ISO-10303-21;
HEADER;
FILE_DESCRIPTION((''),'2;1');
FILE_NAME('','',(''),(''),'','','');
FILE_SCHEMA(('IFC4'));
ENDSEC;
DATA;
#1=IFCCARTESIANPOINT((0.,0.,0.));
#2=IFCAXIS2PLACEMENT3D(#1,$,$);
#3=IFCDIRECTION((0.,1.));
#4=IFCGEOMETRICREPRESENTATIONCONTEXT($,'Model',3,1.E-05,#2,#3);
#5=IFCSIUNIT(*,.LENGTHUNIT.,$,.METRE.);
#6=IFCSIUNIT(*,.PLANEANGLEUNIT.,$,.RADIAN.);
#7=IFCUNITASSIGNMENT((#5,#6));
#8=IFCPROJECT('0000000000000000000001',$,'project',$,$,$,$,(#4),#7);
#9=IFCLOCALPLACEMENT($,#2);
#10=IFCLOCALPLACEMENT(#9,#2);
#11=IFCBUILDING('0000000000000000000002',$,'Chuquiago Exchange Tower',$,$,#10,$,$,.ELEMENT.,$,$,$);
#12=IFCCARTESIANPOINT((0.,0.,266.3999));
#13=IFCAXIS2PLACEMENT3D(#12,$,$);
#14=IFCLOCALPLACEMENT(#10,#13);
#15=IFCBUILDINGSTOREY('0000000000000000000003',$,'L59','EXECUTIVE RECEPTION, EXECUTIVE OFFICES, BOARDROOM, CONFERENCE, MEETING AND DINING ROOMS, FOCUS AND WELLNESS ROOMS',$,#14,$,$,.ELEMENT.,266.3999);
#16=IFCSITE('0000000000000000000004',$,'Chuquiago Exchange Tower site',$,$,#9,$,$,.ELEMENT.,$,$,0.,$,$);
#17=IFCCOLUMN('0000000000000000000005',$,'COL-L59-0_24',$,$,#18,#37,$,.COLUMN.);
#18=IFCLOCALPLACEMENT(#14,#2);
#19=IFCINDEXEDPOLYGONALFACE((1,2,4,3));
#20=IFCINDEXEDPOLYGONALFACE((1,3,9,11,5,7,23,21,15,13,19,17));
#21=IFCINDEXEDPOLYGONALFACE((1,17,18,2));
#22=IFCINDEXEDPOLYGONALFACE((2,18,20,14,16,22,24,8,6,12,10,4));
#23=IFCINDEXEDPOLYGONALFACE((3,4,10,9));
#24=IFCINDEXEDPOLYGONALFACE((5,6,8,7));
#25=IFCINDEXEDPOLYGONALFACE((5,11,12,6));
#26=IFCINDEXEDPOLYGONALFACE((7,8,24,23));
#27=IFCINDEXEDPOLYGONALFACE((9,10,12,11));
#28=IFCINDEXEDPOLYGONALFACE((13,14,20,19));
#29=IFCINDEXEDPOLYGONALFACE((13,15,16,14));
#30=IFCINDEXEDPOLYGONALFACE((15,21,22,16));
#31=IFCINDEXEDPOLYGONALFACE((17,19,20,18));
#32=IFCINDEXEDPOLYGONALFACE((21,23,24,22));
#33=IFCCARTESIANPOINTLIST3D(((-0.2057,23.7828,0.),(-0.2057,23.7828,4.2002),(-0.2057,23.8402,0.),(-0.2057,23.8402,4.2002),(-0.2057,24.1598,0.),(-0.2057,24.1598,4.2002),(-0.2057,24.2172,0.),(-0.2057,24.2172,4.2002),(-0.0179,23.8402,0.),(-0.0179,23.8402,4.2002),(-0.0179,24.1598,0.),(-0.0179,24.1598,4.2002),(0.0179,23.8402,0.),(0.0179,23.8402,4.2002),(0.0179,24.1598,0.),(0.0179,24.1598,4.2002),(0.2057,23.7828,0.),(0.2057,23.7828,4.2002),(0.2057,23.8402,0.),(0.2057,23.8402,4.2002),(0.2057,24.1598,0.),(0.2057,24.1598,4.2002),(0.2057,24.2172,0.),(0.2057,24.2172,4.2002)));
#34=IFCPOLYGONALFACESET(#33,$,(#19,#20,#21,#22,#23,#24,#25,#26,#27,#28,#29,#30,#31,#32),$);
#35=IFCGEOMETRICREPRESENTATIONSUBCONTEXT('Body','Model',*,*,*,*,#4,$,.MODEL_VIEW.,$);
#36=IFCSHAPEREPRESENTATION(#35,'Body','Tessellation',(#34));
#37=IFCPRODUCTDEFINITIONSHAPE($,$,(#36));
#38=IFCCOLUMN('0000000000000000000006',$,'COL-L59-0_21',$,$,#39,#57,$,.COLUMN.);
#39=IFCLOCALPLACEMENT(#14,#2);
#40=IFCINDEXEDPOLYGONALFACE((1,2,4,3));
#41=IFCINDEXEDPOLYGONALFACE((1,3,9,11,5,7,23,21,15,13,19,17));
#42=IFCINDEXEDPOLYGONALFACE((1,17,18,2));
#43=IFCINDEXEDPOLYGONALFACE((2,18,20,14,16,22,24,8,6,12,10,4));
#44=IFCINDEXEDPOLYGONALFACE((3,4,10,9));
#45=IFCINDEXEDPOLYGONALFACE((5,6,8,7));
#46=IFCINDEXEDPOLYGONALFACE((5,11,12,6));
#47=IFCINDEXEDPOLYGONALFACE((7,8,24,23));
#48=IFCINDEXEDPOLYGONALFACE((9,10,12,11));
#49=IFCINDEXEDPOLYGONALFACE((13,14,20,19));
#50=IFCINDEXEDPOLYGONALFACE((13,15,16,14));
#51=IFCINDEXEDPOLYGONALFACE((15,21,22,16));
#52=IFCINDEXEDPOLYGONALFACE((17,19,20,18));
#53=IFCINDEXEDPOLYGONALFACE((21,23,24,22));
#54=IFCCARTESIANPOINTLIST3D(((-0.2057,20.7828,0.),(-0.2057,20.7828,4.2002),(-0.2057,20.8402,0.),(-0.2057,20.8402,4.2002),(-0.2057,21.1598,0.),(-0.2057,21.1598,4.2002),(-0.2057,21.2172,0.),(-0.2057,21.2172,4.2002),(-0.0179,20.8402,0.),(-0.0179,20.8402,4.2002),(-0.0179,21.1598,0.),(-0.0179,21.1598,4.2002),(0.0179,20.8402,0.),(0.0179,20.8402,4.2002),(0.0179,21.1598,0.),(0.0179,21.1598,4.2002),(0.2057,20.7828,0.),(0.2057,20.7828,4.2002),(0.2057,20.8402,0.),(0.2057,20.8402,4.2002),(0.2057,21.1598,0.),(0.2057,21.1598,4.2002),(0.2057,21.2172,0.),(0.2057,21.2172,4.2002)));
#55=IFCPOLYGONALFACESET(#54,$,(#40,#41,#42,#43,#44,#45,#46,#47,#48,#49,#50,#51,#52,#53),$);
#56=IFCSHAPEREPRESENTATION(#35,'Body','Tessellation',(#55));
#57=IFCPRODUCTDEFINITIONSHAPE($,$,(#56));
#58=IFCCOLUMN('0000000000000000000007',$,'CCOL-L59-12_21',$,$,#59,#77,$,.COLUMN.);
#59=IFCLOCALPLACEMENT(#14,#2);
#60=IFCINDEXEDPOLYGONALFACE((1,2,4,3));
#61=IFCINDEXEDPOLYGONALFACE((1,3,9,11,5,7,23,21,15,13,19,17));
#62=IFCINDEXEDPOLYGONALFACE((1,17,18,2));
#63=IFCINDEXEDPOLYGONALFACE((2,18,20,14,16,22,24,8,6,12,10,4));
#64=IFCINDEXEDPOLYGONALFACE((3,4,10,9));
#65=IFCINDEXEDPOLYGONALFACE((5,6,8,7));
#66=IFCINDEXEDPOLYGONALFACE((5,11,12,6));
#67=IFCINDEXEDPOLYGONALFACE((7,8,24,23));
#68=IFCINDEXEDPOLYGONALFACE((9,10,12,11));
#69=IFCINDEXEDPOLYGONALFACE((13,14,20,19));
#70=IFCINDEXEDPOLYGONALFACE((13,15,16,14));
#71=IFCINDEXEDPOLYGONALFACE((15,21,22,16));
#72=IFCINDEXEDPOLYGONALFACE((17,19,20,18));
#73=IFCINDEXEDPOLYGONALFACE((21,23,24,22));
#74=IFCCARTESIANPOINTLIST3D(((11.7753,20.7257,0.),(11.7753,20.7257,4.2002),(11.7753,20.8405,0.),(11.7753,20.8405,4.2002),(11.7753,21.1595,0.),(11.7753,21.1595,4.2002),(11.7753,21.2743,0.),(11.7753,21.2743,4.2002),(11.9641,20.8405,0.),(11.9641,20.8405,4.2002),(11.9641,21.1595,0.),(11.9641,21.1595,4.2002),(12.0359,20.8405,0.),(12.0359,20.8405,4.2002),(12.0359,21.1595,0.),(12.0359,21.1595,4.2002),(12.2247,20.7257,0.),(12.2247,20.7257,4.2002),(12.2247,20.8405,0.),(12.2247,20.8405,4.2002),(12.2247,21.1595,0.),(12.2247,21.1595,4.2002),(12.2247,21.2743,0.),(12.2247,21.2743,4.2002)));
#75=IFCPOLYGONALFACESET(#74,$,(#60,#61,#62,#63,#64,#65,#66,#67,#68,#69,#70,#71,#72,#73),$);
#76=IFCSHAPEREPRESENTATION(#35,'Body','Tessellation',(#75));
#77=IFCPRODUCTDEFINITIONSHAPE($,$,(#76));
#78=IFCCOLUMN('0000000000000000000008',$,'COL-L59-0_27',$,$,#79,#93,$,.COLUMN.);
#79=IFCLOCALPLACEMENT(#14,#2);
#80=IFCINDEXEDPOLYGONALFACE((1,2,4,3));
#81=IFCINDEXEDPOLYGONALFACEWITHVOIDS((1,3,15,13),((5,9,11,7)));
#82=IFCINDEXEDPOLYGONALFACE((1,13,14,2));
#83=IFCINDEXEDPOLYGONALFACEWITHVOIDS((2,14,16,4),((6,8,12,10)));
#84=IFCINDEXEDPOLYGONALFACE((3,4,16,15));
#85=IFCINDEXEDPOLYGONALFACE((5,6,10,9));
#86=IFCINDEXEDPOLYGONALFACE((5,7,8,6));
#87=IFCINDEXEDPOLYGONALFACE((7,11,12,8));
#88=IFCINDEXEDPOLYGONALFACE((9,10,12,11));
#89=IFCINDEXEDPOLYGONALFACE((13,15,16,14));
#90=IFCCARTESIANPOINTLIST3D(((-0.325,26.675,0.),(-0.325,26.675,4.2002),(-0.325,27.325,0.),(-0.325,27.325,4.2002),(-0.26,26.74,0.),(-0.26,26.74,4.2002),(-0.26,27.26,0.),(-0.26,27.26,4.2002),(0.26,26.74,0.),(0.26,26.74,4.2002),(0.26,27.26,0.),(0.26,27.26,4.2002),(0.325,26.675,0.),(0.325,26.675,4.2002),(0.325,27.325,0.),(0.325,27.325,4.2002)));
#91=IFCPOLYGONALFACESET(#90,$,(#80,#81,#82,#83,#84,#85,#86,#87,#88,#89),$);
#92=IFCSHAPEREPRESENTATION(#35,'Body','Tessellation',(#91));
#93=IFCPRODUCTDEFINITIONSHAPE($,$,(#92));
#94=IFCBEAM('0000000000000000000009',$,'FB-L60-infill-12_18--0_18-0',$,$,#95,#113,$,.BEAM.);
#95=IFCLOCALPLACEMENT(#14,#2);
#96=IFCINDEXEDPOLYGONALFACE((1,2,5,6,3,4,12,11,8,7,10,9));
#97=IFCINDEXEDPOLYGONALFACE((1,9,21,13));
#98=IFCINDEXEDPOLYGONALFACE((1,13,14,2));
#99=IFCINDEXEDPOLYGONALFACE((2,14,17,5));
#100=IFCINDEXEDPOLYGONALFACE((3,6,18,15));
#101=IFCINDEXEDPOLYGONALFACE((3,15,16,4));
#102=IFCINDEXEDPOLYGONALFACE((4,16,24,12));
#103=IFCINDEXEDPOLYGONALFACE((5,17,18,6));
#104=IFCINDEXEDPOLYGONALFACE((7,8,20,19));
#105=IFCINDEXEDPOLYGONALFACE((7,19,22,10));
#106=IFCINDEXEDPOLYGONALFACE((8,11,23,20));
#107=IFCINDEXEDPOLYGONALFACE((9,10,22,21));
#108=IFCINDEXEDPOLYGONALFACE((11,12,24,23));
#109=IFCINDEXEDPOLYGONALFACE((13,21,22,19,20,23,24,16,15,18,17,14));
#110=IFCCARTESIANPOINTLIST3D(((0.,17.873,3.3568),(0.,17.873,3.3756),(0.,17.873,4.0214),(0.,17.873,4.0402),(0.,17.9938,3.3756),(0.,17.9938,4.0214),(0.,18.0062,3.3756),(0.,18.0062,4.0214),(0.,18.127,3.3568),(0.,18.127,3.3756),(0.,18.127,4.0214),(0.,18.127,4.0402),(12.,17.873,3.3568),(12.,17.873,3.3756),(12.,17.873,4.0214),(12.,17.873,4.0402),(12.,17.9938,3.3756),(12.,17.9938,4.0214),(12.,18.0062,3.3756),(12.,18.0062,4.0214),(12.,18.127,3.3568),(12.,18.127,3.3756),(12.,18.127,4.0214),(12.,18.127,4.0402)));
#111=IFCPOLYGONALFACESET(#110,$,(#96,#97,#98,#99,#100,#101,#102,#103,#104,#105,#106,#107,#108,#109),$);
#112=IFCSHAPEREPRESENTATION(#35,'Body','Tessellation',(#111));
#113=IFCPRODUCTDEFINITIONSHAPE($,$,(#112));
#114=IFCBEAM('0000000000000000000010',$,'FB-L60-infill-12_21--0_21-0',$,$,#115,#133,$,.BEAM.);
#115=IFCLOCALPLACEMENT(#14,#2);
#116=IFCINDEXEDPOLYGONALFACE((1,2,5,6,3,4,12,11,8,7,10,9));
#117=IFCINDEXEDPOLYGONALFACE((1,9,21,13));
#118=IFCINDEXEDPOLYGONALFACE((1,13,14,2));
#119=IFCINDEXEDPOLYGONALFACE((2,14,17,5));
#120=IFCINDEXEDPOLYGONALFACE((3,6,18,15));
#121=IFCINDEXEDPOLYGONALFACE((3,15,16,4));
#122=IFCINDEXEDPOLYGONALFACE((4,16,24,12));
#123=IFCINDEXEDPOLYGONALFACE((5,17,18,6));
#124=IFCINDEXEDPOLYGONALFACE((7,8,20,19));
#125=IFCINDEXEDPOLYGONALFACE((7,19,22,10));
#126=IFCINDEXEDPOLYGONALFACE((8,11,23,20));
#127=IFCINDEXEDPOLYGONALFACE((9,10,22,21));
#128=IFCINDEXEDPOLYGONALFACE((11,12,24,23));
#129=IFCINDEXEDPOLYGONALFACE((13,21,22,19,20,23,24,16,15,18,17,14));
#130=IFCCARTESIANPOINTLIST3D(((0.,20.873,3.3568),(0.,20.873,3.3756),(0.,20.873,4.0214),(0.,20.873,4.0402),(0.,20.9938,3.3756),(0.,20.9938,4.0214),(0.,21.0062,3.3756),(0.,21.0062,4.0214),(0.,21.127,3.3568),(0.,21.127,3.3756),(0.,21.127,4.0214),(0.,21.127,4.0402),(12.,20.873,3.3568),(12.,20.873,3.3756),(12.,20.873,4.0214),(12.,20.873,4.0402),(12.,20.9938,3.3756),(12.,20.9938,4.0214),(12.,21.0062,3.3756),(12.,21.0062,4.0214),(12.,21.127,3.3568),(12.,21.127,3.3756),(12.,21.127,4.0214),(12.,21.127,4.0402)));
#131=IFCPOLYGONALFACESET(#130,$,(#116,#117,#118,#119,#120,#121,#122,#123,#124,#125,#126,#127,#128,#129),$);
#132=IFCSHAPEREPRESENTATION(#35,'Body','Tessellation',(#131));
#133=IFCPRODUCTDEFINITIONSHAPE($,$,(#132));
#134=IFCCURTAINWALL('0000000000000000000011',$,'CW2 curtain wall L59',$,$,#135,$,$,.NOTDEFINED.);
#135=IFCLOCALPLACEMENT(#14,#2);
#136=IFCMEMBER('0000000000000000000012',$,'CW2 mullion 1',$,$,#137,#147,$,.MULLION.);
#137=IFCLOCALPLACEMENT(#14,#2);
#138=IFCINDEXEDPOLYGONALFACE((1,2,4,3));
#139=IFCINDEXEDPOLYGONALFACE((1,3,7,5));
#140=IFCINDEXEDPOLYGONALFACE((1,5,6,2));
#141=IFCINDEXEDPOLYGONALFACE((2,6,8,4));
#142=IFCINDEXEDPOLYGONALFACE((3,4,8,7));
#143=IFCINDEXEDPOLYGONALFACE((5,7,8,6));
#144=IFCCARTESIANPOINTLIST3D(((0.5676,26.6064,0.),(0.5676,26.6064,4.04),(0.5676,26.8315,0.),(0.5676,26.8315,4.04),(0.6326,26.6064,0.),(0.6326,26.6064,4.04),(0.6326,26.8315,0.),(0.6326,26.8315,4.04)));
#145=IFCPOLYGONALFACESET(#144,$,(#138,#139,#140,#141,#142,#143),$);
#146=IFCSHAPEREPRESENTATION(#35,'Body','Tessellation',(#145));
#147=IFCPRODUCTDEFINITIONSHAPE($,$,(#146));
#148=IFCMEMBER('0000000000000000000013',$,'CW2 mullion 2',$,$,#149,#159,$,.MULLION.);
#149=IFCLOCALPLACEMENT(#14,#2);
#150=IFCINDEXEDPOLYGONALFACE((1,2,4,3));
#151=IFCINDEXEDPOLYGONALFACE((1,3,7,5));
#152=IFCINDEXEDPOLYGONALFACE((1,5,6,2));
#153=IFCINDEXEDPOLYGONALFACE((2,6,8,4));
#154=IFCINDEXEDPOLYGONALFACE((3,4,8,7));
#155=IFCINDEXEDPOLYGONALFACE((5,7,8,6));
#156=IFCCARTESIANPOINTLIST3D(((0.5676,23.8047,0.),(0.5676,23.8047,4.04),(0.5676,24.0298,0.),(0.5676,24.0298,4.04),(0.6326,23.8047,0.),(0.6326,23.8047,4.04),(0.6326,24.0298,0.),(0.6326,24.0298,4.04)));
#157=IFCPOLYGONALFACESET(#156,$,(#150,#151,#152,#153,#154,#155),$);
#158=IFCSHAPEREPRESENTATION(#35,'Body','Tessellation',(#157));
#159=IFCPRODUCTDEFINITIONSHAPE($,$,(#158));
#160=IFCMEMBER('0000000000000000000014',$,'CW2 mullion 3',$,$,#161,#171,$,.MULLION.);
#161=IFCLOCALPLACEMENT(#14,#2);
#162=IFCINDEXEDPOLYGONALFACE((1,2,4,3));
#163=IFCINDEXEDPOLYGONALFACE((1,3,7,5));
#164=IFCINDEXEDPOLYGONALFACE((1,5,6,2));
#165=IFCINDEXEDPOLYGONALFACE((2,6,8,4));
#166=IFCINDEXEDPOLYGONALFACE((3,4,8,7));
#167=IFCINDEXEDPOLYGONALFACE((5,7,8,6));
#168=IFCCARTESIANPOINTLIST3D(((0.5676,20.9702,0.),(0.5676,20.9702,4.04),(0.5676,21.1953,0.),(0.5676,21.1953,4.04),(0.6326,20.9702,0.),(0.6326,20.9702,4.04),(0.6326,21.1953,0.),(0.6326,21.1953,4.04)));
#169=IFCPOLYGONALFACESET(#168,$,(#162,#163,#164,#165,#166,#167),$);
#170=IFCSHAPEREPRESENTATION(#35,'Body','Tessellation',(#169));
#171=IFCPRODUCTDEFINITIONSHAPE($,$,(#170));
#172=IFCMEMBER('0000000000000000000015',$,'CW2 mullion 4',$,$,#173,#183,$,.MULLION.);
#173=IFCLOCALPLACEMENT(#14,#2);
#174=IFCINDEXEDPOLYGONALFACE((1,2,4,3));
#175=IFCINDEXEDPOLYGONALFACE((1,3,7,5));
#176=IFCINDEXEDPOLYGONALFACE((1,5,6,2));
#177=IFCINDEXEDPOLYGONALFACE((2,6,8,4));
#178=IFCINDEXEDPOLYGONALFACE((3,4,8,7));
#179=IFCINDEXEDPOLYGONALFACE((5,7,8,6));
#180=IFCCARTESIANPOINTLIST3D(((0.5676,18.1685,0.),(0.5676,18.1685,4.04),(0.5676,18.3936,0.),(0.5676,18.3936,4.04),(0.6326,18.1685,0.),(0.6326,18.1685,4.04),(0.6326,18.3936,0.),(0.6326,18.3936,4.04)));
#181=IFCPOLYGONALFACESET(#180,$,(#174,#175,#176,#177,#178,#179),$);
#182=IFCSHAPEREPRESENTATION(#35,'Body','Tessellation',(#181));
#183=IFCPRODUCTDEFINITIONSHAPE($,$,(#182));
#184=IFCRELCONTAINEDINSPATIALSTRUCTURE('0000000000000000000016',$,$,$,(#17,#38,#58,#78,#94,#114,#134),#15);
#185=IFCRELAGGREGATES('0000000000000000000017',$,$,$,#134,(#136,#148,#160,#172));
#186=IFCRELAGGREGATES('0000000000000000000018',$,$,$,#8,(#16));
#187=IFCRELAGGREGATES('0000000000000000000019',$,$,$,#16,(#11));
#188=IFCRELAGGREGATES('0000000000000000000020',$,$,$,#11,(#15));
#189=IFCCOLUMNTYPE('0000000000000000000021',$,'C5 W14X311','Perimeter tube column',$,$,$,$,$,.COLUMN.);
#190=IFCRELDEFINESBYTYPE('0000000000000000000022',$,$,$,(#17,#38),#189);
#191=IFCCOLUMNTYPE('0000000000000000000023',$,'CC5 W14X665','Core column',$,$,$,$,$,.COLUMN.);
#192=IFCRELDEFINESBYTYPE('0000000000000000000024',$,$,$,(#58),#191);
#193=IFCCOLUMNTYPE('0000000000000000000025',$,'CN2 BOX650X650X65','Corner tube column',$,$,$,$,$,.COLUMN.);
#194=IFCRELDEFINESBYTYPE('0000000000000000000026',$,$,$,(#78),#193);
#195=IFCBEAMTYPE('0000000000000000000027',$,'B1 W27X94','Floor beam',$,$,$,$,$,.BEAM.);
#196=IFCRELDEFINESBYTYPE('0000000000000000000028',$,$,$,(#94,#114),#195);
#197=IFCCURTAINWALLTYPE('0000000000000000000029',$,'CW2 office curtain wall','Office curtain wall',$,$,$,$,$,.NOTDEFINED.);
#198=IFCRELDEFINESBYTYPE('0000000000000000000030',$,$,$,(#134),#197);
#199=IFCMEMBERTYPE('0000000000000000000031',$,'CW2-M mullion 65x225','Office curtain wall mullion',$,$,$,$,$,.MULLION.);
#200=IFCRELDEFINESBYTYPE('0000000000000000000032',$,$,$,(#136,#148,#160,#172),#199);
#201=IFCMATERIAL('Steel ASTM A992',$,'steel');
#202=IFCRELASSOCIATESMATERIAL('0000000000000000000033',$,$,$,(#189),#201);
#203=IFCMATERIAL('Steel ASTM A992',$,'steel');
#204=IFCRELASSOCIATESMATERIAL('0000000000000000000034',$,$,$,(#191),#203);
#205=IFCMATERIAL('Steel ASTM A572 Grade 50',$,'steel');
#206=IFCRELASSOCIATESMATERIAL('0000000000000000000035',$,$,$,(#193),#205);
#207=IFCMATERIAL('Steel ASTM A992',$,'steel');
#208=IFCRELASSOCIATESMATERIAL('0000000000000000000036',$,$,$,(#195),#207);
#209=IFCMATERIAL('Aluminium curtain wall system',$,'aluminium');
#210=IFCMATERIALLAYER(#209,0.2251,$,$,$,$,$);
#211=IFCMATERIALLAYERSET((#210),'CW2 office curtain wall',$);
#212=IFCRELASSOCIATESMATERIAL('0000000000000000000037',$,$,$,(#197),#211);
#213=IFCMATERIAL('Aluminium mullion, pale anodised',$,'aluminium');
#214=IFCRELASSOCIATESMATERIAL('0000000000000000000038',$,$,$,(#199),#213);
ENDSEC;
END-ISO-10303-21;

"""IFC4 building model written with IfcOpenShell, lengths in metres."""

from ifc_helpers import new_model, si_unit, direction, frame, origin, origin_2d, place, context, subcontext, project, spatial, rectangle, hollow_rectangle, i_section, extrude, material, layer, layer_set, material_profile, profile_set, type_object, element, aggregate, save


model = new_model("IFC4")

# Units and contexts
model_context = context("Model", 3, precision=1e-05, world=origin(), true_north=direction((0.0, 1.0)))
body_context = subcontext(model_context, "Body", "Model", "MODEL_VIEW")
ifc_project = project(units=[si_unit("LENGTHUNIT", "METRE"), si_unit("PLANEANGLEUNIT", "RADIAN")], contexts=[model_context])

# Site, building, storey
site_placement = place(None, origin())
site = spatial("IfcSite", under=ifc_project, at=site_placement, Name="Chuquiago Exchange Tower site", CompositionType="ELEMENT", RefElevation=0.0)
building_placement = place(site_placement, origin())
building = spatial("IfcBuilding", under=site, at=building_placement, Name="Chuquiago Exchange Tower", CompositionType="ELEMENT")
storey_placement = place(building_placement, frame((0.0, 0.0, 266.3999)))
storey = spatial("IfcBuildingStorey", under=building, at=storey_placement, Name="L59", Description="EXECUTIVE RECEPTION, EXECUTIVE OFFICES, BOARDROOM, CONFERENCE, MEETING AND DINING ROOMS, FOCUS AND WELLNESS ROOMS", CompositionType="ELEMENT", Elevation=266.3999)

# Columns
ifc_material_1 = material(Name="Steel ASTM A992", Category="steel")
ifc_material_profile_1 = material_profile(ifc_material_1, i_section(OverallWidth=0.4114, OverallDepth=0.4343, WebThickness=0.0359, FlangeThickness=0.0574, at=origin_2d()), Name="W14X311")
ifc_profile_set_1 = profile_set([ifc_material_profile_1], Name="Steel ASTM A992")
column_type_1 = type_object("IfcColumnType", Name="C5 W14X311", Description="Perimeter tube column", PredefinedType="COLUMN", material=ifc_profile_set_1)
for number, where, z_axis, x_axis, name in (
    (1, (0.0, 24.0, 0.0), (0.0, 0.0, 1.0), (-1.0, 0.0, 0.0), "COL-L59-0_24"),
    (2, (0.0, 21.0, 0.0), (0.0, 0.0, 1.0), (-1.0, 0.0, 0.0), "COL-L59-0_21"),
):
    element("IfcColumn", number, at=place(storey_placement, frame(where, z_axis=z_axis, x_axis=x_axis)), inside=storey, type_object=column_type_1, Name=name, PredefinedType="COLUMN", context=body_context, shape_type="SweptSolid", body=[
        extrude(i_section(OverallWidth=0.4114, OverallDepth=0.4343, WebThickness=0.0359, FlangeThickness=0.0574, at=origin_2d()), origin(), (0.0, 0.0, 1.0), 4.2002),
    ])
ifc_material_2 = material(Name="Steel ASTM A992", Category="steel")
ifc_material_profile_2 = material_profile(ifc_material_2, i_section(OverallWidth=0.4495, OverallDepth=0.5486, WebThickness=0.0718, FlangeThickness=0.1147, at=origin_2d()), Name="W14X665")
ifc_profile_set_2 = profile_set([ifc_material_profile_2], Name="Steel ASTM A992")
column_type_2 = type_object("IfcColumnType", Name="CC5 W14X665", Description="Core column", PredefinedType="COLUMN", material=ifc_profile_set_2)
column_1_placement = place(storey_placement, frame((12.0, 21.0, 0.0), z_axis=(0.0, 0.0, 1.0), x_axis=(1.0, 0.0, 0.0)))
element("IfcColumn", 3, at=column_1_placement, inside=storey, type_object=column_type_2, Name="CCOL-L59-12_21", PredefinedType="COLUMN", context=body_context, shape_type="SweptSolid", body=[
    extrude(i_section(OverallWidth=0.4495, OverallDepth=0.5486, WebThickness=0.0718, FlangeThickness=0.1147, at=origin_2d()), origin(), (0.0, 0.0, 1.0), 4.2002),
])
ifc_material_3 = material(Name="Steel ASTM A572 Grade 50", Category="steel")
ifc_material_profile_3 = material_profile(ifc_material_3, hollow_rectangle(XDim=0.6499, YDim=0.6499, WallThickness=0.0649, at=origin_2d()), Name="BOX650X650X65")
ifc_profile_set_3 = profile_set([ifc_material_profile_3], Name="Steel ASTM A572 Grade 50")
column_type_3 = type_object("IfcColumnType", Name="CN2 BOX650X650X65", Description="Corner tube column", PredefinedType="COLUMN", material=ifc_profile_set_3)
column_2_placement = place(storey_placement, frame((0.0, 27.0, 0.0), z_axis=(0.0, 0.0, 1.0), x_axis=(-1.0, 0.0, 0.0)))
element("IfcColumn", 4, at=column_2_placement, inside=storey, type_object=column_type_3, Name="COL-L59-0_27", PredefinedType="COLUMN", context=body_context, shape_type="SweptSolid", body=[
    extrude(hollow_rectangle(XDim=0.6499, YDim=0.6499, WallThickness=0.0649, at=origin_2d()), origin(), (0.0, 0.0, 1.0), 4.2002),
])

# Beams
ifc_material_4 = material(Name="Steel ASTM A992", Category="steel")
ifc_material_profile_4 = material_profile(ifc_material_4, i_section(OverallWidth=0.2539, OverallDepth=0.6833, WebThickness=0.0125, FlangeThickness=0.0188, at=origin_2d()), Name="W27X94")
ifc_profile_set_4 = profile_set([ifc_material_profile_4], Name="Steel ASTM A992")
beam_type_1 = type_object("IfcBeamType", Name="B1 W27X94", Description="Floor beam", PredefinedType="BEAM", material=ifc_profile_set_4)
for number, where, z_axis, x_axis, name in (
    (5, (12.0, 18.0, 3.6985), (-1.0, 0.0, 0.0), (0.0, -1.0, 0.0), "FB-L60-infill-12_18--0_18-0"),
    (6, (12.0, 21.0, 3.6985), (-1.0, 0.0, 0.0), (0.0, -1.0, 0.0), "FB-L60-infill-12_21--0_21-0"),
):
    element("IfcBeam", number, at=place(storey_placement, frame(where, z_axis=z_axis, x_axis=x_axis)), inside=storey, type_object=beam_type_1, Name=name, PredefinedType="BEAM", context=body_context, shape_type="SweptSolid", body=[
        extrude(i_section(OverallWidth=0.2539, OverallDepth=0.6833, WebThickness=0.0125, FlangeThickness=0.0188, at=origin_2d()), origin(), (0.0, 0.0, 1.0), 12.0),
    ])

# Curtain wall, members
ifc_material_5 = material(Name="Aluminium curtain wall system", Category="aluminium")
ifc_layer_1 = layer(ifc_material_5, 0.2251)
ifc_layer_set_1 = layer_set([ifc_layer_1], Name="CW2 office curtain wall")
curtain_wall_type_1 = type_object("IfcCurtainWallType", Name="CW2 office curtain wall", Description="Office curtain wall", PredefinedType="NOTDEFINED", material=ifc_layer_set_1)
curtain_wall_1_placement = place(storey_placement, origin())
curtain_wall_1 = element("IfcCurtainWall", 7, at=curtain_wall_1_placement, inside=storey, type_object=curtain_wall_type_1, Name="CW2 curtain wall L59", PredefinedType="NOTDEFINED")
ifc_material_6 = material(Name="Aluminium mullion, pale anodised", Category="aluminium")
ifc_material_profile_5 = material_profile(ifc_material_6, rectangle(XDim=0.0649, YDim=0.2251, at=origin_2d()), Name="AL 65x225")
ifc_profile_set_5 = profile_set([ifc_material_profile_5], Name="Aluminium mullion, pale anodised")
member_type_1 = type_object("IfcMemberType", Name="CW2-M mullion 65x225", Description="Office curtain wall mullion", PredefinedType="MULLION", material=ifc_profile_set_5)
member_1_placement = place(storey_placement, frame((0.6001, 26.719, 0.0), z_axis=(0.0, 0.0, 1.0), x_axis=(1.0, 0.0, 0.0)))
member_1 = element("IfcMember", 8, at=member_1_placement, type_object=member_type_1, Name="CW2 mullion 1", PredefinedType="MULLION", context=body_context, shape_type="SweptSolid", body=[
    extrude(rectangle(XDim=0.0649, YDim=0.2251, at=origin_2d()), origin(), (0.0, 0.0, 1.0), 4.04),
])
member_2_placement = place(storey_placement, frame((0.6001, 23.9172, 0.0), z_axis=(0.0, 0.0, 1.0), x_axis=(1.0, 0.0, 0.0)))
member_2 = element("IfcMember", 9, at=member_2_placement, type_object=member_type_1, Name="CW2 mullion 2", PredefinedType="MULLION", context=body_context, shape_type="SweptSolid", body=[
    extrude(rectangle(XDim=0.0649, YDim=0.2251, at=origin_2d()), origin(), (0.0, 0.0, 1.0), 4.04),
])
member_3_placement = place(storey_placement, frame((0.6001, 21.0828, 0.0), z_axis=(0.0, 0.0, 1.0), x_axis=(1.0, 0.0, 0.0)))
member_3 = element("IfcMember", 10, at=member_3_placement, type_object=member_type_1, Name="CW2 mullion 3", PredefinedType="MULLION", context=body_context, shape_type="SweptSolid", body=[
    extrude(rectangle(XDim=0.0649, YDim=0.2251, at=origin_2d()), origin(), (0.0, 0.0, 1.0), 4.04),
])
member_4_placement = place(storey_placement, frame((0.6001, 18.281, 0.0), z_axis=(0.0, 0.0, 1.0), x_axis=(1.0, 0.0, 0.0)))
member_4 = element("IfcMember", 11, at=member_4_placement, type_object=member_type_1, Name="CW2 mullion 4", PredefinedType="MULLION", context=body_context, shape_type="SweptSolid", body=[
    extrude(rectangle(XDim=0.0649, YDim=0.2251, at=origin_2d()), origin(), (0.0, 0.0, 1.0), 4.04),
])

aggregate(curtain_wall_1, [member_1, member_2, member_3, member_4])

save(model, "model.ifc")
